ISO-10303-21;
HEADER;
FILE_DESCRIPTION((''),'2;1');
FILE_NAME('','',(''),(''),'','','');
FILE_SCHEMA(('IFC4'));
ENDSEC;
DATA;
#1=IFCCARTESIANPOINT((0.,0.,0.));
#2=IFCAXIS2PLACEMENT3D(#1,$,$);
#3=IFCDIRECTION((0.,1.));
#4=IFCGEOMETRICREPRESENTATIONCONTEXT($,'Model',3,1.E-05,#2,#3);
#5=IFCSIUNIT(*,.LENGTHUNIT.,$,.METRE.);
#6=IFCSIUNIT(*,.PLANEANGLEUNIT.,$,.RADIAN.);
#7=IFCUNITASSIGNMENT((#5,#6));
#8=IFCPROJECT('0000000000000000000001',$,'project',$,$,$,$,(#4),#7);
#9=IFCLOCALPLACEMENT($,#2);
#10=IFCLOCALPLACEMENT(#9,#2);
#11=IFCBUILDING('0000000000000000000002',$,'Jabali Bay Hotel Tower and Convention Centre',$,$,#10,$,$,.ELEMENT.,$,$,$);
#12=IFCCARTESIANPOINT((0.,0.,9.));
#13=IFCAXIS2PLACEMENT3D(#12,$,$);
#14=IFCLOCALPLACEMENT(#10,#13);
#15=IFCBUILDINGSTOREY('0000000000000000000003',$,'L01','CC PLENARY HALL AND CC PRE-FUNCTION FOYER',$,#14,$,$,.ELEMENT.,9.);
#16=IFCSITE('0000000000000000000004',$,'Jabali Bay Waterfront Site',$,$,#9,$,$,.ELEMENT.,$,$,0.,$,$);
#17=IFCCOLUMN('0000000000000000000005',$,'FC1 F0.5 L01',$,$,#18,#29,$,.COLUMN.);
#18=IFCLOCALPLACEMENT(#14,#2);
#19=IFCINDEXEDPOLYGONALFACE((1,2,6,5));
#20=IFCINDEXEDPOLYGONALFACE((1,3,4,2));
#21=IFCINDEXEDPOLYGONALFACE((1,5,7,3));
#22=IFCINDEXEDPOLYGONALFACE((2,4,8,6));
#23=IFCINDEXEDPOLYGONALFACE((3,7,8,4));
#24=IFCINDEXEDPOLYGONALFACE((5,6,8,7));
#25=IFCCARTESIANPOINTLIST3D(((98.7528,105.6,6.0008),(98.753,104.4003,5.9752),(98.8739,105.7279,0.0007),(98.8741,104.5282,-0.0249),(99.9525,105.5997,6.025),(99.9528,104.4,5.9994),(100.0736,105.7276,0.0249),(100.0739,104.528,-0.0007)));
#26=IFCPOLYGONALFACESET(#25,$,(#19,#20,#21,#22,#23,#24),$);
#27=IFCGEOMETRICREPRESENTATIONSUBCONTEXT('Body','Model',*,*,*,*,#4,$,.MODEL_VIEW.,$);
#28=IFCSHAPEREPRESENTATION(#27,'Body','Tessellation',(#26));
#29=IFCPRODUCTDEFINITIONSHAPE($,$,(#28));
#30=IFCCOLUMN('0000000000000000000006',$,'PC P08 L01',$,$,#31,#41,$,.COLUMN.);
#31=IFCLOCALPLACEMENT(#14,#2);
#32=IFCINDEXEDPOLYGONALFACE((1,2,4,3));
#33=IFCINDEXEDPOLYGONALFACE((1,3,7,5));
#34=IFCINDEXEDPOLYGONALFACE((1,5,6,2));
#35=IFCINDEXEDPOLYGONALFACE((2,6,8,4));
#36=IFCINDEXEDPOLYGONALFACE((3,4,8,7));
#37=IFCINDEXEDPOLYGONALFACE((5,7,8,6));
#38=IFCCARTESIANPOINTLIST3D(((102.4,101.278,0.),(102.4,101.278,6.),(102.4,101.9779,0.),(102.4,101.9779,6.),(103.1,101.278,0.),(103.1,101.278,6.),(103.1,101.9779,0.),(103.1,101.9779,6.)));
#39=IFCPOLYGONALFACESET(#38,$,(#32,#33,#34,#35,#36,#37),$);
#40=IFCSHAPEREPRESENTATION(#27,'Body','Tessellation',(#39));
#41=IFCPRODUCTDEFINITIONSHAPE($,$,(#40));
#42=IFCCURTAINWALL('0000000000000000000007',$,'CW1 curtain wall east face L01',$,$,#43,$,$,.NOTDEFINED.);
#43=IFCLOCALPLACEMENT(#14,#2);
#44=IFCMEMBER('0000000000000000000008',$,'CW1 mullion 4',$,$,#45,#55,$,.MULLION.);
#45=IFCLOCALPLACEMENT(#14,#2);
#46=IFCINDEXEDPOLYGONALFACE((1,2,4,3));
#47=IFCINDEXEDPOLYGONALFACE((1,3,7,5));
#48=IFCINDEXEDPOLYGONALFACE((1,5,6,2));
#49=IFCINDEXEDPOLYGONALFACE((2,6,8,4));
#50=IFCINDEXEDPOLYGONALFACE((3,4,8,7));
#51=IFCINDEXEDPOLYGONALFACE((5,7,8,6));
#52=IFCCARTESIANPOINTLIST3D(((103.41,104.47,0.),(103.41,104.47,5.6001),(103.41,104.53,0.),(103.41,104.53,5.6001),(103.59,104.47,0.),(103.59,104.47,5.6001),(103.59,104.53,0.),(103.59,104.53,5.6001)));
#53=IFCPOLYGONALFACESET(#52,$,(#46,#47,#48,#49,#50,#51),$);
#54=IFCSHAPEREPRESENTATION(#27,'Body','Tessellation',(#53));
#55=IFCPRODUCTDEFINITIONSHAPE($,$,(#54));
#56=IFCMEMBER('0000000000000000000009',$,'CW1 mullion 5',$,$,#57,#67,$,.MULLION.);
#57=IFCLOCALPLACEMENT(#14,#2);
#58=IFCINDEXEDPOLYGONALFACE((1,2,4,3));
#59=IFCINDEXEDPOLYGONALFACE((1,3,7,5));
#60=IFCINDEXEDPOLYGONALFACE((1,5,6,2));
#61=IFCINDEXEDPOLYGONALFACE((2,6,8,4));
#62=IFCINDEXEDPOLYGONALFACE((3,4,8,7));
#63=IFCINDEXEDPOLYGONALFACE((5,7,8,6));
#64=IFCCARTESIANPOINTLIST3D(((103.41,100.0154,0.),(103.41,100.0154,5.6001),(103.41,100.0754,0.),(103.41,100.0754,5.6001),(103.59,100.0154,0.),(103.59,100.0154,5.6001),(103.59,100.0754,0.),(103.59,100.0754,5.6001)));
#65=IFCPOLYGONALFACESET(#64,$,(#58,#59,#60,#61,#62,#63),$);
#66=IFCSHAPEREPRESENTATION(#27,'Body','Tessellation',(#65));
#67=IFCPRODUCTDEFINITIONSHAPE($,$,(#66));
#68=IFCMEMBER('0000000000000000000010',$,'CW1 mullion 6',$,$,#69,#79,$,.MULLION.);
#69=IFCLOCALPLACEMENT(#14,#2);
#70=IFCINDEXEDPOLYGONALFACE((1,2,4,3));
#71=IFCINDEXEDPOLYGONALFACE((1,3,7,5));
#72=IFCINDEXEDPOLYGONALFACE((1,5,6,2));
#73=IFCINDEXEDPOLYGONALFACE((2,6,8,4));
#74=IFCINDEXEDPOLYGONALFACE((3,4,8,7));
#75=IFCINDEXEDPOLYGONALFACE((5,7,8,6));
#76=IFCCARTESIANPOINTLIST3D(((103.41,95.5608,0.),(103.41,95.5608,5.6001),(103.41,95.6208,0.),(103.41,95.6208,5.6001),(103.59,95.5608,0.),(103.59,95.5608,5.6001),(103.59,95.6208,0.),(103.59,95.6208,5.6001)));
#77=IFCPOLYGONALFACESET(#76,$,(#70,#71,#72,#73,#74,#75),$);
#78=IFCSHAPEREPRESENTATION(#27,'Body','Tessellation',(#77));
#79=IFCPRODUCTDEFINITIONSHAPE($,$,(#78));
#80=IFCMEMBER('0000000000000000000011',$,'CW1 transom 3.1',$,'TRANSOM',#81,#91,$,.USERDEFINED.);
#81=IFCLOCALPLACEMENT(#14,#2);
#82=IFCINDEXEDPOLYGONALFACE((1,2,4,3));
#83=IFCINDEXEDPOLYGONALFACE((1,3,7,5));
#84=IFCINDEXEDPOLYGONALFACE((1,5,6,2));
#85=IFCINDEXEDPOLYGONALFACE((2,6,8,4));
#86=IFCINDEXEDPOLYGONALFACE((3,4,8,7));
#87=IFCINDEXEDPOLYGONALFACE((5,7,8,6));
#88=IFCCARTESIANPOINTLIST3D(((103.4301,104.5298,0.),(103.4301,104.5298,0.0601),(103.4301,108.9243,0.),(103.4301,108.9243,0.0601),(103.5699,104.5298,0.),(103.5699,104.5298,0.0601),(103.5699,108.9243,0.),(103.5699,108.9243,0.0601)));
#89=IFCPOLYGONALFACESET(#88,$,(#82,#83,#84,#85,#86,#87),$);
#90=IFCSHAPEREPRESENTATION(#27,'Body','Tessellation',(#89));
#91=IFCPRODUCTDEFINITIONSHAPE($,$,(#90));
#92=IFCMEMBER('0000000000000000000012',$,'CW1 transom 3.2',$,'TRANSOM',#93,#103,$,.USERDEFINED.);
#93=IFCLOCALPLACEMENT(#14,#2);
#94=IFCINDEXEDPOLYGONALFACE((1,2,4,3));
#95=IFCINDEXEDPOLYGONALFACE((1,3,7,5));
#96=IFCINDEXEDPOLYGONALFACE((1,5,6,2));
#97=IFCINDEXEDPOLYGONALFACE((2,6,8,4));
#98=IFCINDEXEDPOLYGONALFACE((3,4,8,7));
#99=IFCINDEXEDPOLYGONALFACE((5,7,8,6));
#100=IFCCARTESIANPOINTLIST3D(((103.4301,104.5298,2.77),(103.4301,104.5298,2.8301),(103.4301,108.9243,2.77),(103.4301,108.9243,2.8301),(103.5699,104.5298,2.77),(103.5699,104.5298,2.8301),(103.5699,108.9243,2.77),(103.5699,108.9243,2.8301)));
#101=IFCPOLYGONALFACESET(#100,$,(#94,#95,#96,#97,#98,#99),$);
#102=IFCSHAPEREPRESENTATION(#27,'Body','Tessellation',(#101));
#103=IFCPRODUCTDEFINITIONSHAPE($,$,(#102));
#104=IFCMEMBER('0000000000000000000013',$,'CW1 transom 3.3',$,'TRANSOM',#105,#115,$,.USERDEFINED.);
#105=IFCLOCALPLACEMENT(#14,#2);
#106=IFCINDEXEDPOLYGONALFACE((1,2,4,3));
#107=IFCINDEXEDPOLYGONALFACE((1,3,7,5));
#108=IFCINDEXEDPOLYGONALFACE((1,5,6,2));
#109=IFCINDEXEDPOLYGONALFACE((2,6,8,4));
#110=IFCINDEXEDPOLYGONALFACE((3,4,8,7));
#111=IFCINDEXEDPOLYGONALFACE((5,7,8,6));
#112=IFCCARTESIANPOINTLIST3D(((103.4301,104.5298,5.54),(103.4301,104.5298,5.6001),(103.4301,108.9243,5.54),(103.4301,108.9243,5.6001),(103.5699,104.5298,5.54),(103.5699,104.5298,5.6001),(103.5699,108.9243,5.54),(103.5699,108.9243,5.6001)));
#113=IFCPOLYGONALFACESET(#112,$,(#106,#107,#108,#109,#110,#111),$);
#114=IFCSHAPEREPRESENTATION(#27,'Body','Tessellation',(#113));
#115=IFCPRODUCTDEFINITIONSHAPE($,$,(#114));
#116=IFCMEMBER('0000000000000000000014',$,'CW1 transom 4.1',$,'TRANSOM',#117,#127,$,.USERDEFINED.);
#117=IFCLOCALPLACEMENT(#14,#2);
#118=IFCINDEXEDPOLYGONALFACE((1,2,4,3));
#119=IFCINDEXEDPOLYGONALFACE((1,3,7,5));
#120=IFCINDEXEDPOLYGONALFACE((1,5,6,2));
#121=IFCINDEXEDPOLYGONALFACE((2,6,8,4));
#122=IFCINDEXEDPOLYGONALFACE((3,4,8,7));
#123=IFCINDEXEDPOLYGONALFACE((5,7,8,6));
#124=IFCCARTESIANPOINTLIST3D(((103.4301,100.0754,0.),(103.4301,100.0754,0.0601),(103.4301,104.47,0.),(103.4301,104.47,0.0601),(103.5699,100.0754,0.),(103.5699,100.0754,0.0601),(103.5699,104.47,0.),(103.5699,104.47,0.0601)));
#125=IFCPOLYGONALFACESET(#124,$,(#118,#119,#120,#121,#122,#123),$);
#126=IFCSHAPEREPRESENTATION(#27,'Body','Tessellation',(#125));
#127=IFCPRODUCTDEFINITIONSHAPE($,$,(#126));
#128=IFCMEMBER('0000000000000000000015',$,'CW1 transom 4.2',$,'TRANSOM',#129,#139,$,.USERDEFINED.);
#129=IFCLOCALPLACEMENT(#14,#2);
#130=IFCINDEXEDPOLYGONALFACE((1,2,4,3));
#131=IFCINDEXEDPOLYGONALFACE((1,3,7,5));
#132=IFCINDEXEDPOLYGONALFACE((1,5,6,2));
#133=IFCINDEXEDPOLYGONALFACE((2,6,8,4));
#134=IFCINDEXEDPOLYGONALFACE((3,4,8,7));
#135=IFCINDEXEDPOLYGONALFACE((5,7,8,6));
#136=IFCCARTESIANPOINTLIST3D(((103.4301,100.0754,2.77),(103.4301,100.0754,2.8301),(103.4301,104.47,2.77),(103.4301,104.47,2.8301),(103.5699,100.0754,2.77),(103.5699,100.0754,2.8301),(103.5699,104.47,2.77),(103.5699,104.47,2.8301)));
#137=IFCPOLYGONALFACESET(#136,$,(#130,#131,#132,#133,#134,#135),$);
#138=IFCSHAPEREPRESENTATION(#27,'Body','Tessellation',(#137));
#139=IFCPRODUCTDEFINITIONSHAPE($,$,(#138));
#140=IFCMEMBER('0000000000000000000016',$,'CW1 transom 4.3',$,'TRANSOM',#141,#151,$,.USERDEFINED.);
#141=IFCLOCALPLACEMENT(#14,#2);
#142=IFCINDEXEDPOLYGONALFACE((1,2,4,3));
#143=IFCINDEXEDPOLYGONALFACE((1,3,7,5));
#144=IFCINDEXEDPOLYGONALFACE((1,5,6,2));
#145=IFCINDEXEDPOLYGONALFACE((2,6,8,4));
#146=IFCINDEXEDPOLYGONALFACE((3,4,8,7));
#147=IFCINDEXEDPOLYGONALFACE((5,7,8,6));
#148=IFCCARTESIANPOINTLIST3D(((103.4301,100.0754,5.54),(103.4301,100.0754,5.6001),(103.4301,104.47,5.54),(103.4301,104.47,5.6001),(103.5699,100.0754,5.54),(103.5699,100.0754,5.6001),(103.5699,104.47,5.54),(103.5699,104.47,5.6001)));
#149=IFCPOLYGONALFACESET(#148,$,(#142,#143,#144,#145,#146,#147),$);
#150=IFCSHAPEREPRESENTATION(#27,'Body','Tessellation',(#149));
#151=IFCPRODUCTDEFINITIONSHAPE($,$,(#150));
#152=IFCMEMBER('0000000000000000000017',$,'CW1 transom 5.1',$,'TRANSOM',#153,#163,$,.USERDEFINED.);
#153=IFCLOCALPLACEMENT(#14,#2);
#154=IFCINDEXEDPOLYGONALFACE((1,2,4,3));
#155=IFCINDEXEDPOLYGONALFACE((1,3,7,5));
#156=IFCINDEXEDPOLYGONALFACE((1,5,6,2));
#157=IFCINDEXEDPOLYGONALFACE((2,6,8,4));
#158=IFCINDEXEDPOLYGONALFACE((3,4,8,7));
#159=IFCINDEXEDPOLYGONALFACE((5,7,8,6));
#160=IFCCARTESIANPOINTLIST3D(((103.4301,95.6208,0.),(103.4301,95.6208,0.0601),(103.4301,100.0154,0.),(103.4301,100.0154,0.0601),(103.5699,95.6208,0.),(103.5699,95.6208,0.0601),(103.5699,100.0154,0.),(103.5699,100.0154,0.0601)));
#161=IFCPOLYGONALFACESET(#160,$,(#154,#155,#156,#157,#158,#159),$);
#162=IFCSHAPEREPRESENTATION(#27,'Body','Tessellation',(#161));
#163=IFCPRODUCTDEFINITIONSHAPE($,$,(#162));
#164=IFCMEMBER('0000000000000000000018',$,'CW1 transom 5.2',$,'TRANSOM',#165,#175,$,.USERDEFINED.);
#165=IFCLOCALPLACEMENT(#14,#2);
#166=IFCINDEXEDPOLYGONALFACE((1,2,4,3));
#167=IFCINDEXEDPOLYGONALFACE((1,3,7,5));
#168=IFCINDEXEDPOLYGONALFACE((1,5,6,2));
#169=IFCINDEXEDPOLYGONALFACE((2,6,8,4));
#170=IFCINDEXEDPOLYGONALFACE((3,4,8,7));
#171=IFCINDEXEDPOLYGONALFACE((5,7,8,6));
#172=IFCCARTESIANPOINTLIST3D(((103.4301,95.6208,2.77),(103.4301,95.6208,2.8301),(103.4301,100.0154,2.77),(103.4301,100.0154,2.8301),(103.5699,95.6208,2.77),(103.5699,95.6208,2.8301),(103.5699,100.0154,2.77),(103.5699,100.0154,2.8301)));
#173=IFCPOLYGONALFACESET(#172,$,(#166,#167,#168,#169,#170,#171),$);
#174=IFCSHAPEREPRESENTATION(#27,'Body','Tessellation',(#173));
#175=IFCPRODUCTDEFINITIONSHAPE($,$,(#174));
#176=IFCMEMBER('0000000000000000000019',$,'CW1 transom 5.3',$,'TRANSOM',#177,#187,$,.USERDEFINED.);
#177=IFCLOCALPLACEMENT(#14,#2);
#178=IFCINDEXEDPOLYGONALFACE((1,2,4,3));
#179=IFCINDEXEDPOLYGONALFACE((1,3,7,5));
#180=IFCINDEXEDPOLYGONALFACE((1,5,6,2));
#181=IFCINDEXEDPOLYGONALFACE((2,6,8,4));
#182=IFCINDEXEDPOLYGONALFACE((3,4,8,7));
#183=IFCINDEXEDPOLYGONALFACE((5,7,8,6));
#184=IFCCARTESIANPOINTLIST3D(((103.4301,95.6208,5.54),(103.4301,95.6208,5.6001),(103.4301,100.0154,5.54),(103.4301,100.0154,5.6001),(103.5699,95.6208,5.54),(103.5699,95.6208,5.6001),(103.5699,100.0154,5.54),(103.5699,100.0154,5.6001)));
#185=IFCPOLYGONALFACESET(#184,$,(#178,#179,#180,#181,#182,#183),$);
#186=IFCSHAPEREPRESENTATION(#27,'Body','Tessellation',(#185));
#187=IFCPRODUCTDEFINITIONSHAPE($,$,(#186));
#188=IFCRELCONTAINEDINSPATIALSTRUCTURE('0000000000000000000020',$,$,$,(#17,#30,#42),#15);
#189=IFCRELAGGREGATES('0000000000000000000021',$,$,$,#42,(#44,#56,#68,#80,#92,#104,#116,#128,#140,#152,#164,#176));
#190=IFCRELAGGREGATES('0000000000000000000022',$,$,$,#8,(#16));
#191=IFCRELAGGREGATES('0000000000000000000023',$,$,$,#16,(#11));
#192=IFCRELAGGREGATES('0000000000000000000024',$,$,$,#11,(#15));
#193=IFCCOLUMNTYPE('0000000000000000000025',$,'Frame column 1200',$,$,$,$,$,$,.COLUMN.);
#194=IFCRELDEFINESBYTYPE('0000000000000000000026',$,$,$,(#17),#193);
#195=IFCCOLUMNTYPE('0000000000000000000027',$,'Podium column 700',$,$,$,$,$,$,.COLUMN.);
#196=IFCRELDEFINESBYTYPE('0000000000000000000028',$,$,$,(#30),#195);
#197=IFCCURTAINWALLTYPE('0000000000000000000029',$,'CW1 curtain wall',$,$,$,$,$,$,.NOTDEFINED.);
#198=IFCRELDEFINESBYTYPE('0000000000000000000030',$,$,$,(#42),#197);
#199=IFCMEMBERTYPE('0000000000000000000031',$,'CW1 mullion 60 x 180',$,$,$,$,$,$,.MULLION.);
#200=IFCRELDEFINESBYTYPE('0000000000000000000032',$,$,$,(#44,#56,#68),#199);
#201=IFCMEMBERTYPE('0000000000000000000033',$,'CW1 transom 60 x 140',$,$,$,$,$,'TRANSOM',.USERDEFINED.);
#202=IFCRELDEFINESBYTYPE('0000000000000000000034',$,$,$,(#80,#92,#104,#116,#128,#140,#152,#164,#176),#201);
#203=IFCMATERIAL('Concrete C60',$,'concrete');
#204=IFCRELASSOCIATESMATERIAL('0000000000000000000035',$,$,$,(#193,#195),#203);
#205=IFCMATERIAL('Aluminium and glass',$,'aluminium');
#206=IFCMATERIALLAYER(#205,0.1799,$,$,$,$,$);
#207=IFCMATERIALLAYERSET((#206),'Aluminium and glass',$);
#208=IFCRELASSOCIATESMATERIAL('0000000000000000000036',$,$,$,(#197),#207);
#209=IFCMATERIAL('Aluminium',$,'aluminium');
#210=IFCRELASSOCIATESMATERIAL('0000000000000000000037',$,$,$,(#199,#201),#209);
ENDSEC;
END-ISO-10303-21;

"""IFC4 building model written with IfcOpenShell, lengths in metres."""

from ifc_helpers import new_model, si_unit, direction, frame, origin, origin_2d, place, context, subcontext, project, spatial, rectangle, extrude, material, layer, layer_set, material_profile, profile_set, type_object, element, aggregate, save


model = new_model("IFC4")

# Units and contexts
model_context = context("Model", 3, precision=1e-05, world=origin(), true_north=direction((0.0, 1.0)))
body_context = subcontext(model_context, "Body", "Model", "MODEL_VIEW")
ifc_project = project(units=[si_unit("LENGTHUNIT", "METRE"), si_unit("PLANEANGLEUNIT", "RADIAN")], contexts=[model_context])

# Site, building, storey
site_placement = place(None, origin())
site = spatial("IfcSite", under=ifc_project, at=site_placement, Name="Jabali Bay Waterfront Site", CompositionType="ELEMENT", RefElevation=0.0)
building_placement = place(site_placement, origin())
building = spatial("IfcBuilding", under=site, at=building_placement, Name="Jabali Bay Hotel Tower and Convention Centre", CompositionType="ELEMENT")
storey_placement = place(building_placement, frame((0.0, 0.0, 9.0)))
storey = spatial("IfcBuildingStorey", under=building, at=storey_placement, Name="L01", Description="CC PLENARY HALL AND CC PRE-FUNCTION FOYER", CompositionType="ELEMENT", Elevation=9.0)

# Columns
ifc_material_1 = material(Name="Concrete C60", Category="concrete")
ifc_material_profile_1 = material_profile(ifc_material_1, rectangle(XDim=1.2, YDim=1.2, at=origin_2d()), Name="Frame column 1200")
ifc_profile_set_1 = profile_set([ifc_material_profile_1], Name="Concrete C60")
column_type_1 = type_object("IfcColumnType", Name="Frame column 1200", PredefinedType="COLUMN", material=ifc_profile_set_1)
column_1_placement = place(storey_placement, frame((99.4739, 105.1279, 0.0), z_axis=(-0.020174, -0.021312, 0.999569), x_axis=(0.999796, -0.00023, 0.020173)))
element("IfcColumn", 1, at=column_1_placement, inside=storey, type_object=column_type_1, Name="FC1 F0.5 L01", PredefinedType="COLUMN", context=body_context, shape_type="SweptSolid", body=[
    extrude(rectangle(XDim=1.2, YDim=1.2, at=origin_2d()), origin(), (0.0, 0.0, 1.0), 6.0027),
])
ifc_material_profile_2 = material_profile(ifc_material_1, rectangle(XDim=0.7, YDim=0.7, at=origin_2d()), Name="Podium column 700")
ifc_profile_set_2 = profile_set([ifc_material_profile_2], Name="Concrete C60")
column_type_2 = type_object("IfcColumnType", Name="Podium column 700", PredefinedType="COLUMN", material=ifc_profile_set_2)
column_2_placement = place(storey_placement, frame((102.75, 101.6279, 0.0), z_axis=(0.0, 0.0, 1.0), x_axis=(1.0, 0.0, 0.0)))
element("IfcColumn", 2, at=column_2_placement, inside=storey, type_object=column_type_2, Name="PC P08 L01", PredefinedType="COLUMN", context=body_context, shape_type="SweptSolid", body=[
    extrude(rectangle(XDim=0.7, YDim=0.7, at=origin_2d()), origin(), (0.0, 0.0, 1.0), 6.0),
])

# Curtain wall, members
ifc_material_2 = material(Name="Aluminium and glass", Category="aluminium")
ifc_layer_1 = layer(ifc_material_2, 0.1799)
ifc_layer_set_1 = layer_set([ifc_layer_1], Name="Aluminium and glass")
curtain_wall_type = type_object("IfcCurtainWallType", Name="CW1 curtain wall", PredefinedType="NOTDEFINED", material=ifc_layer_set_1)
curtain_wall_placement = place(storey_placement, origin())
curtain_wall = element("IfcCurtainWall", 3, at=curtain_wall_placement, inside=storey, type_object=curtain_wall_type, Name="CW1 curtain wall east face L01", PredefinedType="NOTDEFINED")
ifc_material_3 = material(Name="Aluminium", Category="aluminium")
ifc_material_profile_3 = material_profile(ifc_material_3, rectangle(XDim=0.1799, YDim=0.0601, at=origin_2d()), Name="CW1 mullion 60 x 180")
ifc_profile_set_3 = profile_set([ifc_material_profile_3], Name="Aluminium")
member_type_1 = type_object("IfcMemberType", Name="CW1 mullion 60 x 180", PredefinedType="MULLION", material=ifc_profile_set_3)
member_1_placement = place(storey_placement, frame((103.5, 104.5, 0.0), z_axis=(0.0, 0.0, 1.0), x_axis=(1.0, 0.0, 0.0)))
member_1 = element("IfcMember", 4, at=member_1_placement, type_object=member_type_1, Name="CW1 mullion 4", PredefinedType="MULLION", context=body_context, shape_type="SweptSolid", body=[
    extrude(rectangle(XDim=0.1799, YDim=0.0601, at=origin_2d()), origin(), (0.0, 0.0, 1.0), 5.6001),
])
member_2_placement = place(storey_placement, frame((103.5, 100.0454, 0.0), z_axis=(0.0, 0.0, 1.0), x_axis=(1.0, 0.0, 0.0)))
member_2 = element("IfcMember", 5, at=member_2_placement, type_object=member_type_1, Name="CW1 mullion 5", PredefinedType="MULLION", context=body_context, shape_type="SweptSolid", body=[
    extrude(rectangle(XDim=0.1799, YDim=0.0601, at=origin_2d()), origin(), (0.0, 0.0, 1.0), 5.6001),
])
member_3_placement = place(storey_placement, frame((103.5, 95.5908, 0.0), z_axis=(0.0, 0.0, 1.0), x_axis=(1.0, 0.0, 0.0)))
member_3 = element("IfcMember", 6, at=member_3_placement, type_object=member_type_1, Name="CW1 mullion 6", PredefinedType="MULLION", context=body_context, shape_type="SweptSolid", body=[
    extrude(rectangle(XDim=0.1799, YDim=0.0601, at=origin_2d()), origin(), (0.0, 0.0, 1.0), 5.6001),
])
ifc_material_profile_4 = material_profile(ifc_material_3, rectangle(XDim=0.1399, YDim=0.0601, at=origin_2d()), Name="CW1 transom 60 x 140")
ifc_profile_set_4 = profile_set([ifc_material_profile_4], Name="Aluminium")
member_type_2 = type_object("IfcMemberType", Name="CW1 transom 60 x 140", ElementType="TRANSOM", PredefinedType="USERDEFINED", material=ifc_profile_set_4)
member_4_placement = place(storey_placement, frame((103.5, 108.9243, 0.03), z_axis=(0.0, -1.0, 0.0), x_axis=(1.0, 0.0, 0.0)))
member_4 = element("IfcMember", 7, at=member_4_placement, type_object=member_type_2, Name="CW1 transom 3.1", ObjectType="TRANSOM", PredefinedType="USERDEFINED", context=body_context, shape_type="SweptSolid", body=[
    extrude(rectangle(XDim=0.1399, YDim=0.0601, at=origin_2d()), origin(), (0.0, 0.0, 1.0), 4.3945),
])
member_5_placement = place(storey_placement, frame((103.5, 108.9243, 2.8), z_axis=(0.0, -1.0, 0.0), x_axis=(1.0, 0.0, 0.0)))
member_5 = element("IfcMember", 8, at=member_5_placement, type_object=member_type_2, Name="CW1 transom 3.2", ObjectType="TRANSOM", PredefinedType="USERDEFINED", context=body_context, shape_type="SweptSolid", body=[
    extrude(rectangle(XDim=0.1399, YDim=0.0601, at=origin_2d()), origin(), (0.0, 0.0, 1.0), 4.3945),
])
member_6_placement = place(storey_placement, frame((103.5, 108.9243, 5.5701), z_axis=(0.0, -1.0, 0.0), x_axis=(1.0, 0.0, 0.0)))
member_6 = element("IfcMember", 9, at=member_6_placement, type_object=member_type_2, Name="CW1 transom 3.3", ObjectType="TRANSOM", PredefinedType="USERDEFINED", context=body_context, shape_type="SweptSolid", body=[
    extrude(rectangle(XDim=0.1399, YDim=0.0601, at=origin_2d()), origin(), (0.0, 0.0, 1.0), 4.3945),
])
member_7_placement = place(storey_placement, frame((103.5, 104.47, 0.03), z_axis=(0.0, -1.0, 0.0), x_axis=(1.0, 0.0, 0.0)))
member_7 = element("IfcMember", 10, at=member_7_placement, type_object=member_type_2, Name="CW1 transom 4.1", ObjectType="TRANSOM", PredefinedType="USERDEFINED", context=body_context, shape_type="SweptSolid", body=[
    extrude(rectangle(XDim=0.1399, YDim=0.0601, at=origin_2d()), origin(), (0.0, 0.0, 1.0), 4.3945),
])
member_8_placement = place(storey_placement, frame((103.5, 104.47, 2.8), z_axis=(0.0, -1.0, 0.0), x_axis=(1.0, 0.0, 0.0)))
member_8 = element("IfcMember", 11, at=member_8_placement, type_object=member_type_2, Name="CW1 transom 4.2", ObjectType="TRANSOM", PredefinedType="USERDEFINED", context=body_context, shape_type="SweptSolid", body=[
    extrude(rectangle(XDim=0.1399, YDim=0.0601, at=origin_2d()), origin(), (0.0, 0.0, 1.0), 4.3945),
])
member_9_placement = place(storey_placement, frame((103.5, 104.47, 5.5701), z_axis=(0.0, -1.0, 0.0), x_axis=(1.0, 0.0, 0.0)))
member_9 = element("IfcMember", 12, at=member_9_placement, type_object=member_type_2, Name="CW1 transom 4.3", ObjectType="TRANSOM", PredefinedType="USERDEFINED", context=body_context, shape_type="SweptSolid", body=[
    extrude(rectangle(XDim=0.1399, YDim=0.0601, at=origin_2d()), origin(), (0.0, 0.0, 1.0), 4.3945),
])
member_10_placement = place(storey_placement, frame((103.5, 100.0154, 0.03), z_axis=(0.0, -1.0, 0.0), x_axis=(1.0, 0.0, 0.0)))
member_10 = element("IfcMember", 13, at=member_10_placement, type_object=member_type_2, Name="CW1 transom 5.1", ObjectType="TRANSOM", PredefinedType="USERDEFINED", context=body_context, shape_type="SweptSolid", body=[
    extrude(rectangle(XDim=0.1399, YDim=0.0601, at=origin_2d()), origin(), (0.0, 0.0, 1.0), 4.3945),
])
member_11_placement = place(storey_placement, frame((103.5, 100.0154, 2.8), z_axis=(0.0, -1.0, 0.0), x_axis=(1.0, 0.0, 0.0)))
member_11 = element("IfcMember", 14, at=member_11_placement, type_object=member_type_2, Name="CW1 transom 5.2", ObjectType="TRANSOM", PredefinedType="USERDEFINED", context=body_context, shape_type="SweptSolid", body=[
    extrude(rectangle(XDim=0.1399, YDim=0.0601, at=origin_2d()), origin(), (0.0, 0.0, 1.0), 4.3945),
])
member_12_placement = place(storey_placement, frame((103.5, 100.0154, 5.5701), z_axis=(0.0, -1.0, 0.0), x_axis=(1.0, 0.0, 0.0)))
member_12 = element("IfcMember", 15, at=member_12_placement, type_object=member_type_2, Name="CW1 transom 5.3", ObjectType="TRANSOM", PredefinedType="USERDEFINED", context=body_context, shape_type="SweptSolid", body=[
    extrude(rectangle(XDim=0.1399, YDim=0.0601, at=origin_2d()), origin(), (0.0, 0.0, 1.0), 4.3945),
])
aggregate(curtain_wall, [member_1, member_2, member_3, member_4, member_5, member_6, member_7, member_8, member_9, member_10, member_11, member_12])

save(model, "model.ifc")
